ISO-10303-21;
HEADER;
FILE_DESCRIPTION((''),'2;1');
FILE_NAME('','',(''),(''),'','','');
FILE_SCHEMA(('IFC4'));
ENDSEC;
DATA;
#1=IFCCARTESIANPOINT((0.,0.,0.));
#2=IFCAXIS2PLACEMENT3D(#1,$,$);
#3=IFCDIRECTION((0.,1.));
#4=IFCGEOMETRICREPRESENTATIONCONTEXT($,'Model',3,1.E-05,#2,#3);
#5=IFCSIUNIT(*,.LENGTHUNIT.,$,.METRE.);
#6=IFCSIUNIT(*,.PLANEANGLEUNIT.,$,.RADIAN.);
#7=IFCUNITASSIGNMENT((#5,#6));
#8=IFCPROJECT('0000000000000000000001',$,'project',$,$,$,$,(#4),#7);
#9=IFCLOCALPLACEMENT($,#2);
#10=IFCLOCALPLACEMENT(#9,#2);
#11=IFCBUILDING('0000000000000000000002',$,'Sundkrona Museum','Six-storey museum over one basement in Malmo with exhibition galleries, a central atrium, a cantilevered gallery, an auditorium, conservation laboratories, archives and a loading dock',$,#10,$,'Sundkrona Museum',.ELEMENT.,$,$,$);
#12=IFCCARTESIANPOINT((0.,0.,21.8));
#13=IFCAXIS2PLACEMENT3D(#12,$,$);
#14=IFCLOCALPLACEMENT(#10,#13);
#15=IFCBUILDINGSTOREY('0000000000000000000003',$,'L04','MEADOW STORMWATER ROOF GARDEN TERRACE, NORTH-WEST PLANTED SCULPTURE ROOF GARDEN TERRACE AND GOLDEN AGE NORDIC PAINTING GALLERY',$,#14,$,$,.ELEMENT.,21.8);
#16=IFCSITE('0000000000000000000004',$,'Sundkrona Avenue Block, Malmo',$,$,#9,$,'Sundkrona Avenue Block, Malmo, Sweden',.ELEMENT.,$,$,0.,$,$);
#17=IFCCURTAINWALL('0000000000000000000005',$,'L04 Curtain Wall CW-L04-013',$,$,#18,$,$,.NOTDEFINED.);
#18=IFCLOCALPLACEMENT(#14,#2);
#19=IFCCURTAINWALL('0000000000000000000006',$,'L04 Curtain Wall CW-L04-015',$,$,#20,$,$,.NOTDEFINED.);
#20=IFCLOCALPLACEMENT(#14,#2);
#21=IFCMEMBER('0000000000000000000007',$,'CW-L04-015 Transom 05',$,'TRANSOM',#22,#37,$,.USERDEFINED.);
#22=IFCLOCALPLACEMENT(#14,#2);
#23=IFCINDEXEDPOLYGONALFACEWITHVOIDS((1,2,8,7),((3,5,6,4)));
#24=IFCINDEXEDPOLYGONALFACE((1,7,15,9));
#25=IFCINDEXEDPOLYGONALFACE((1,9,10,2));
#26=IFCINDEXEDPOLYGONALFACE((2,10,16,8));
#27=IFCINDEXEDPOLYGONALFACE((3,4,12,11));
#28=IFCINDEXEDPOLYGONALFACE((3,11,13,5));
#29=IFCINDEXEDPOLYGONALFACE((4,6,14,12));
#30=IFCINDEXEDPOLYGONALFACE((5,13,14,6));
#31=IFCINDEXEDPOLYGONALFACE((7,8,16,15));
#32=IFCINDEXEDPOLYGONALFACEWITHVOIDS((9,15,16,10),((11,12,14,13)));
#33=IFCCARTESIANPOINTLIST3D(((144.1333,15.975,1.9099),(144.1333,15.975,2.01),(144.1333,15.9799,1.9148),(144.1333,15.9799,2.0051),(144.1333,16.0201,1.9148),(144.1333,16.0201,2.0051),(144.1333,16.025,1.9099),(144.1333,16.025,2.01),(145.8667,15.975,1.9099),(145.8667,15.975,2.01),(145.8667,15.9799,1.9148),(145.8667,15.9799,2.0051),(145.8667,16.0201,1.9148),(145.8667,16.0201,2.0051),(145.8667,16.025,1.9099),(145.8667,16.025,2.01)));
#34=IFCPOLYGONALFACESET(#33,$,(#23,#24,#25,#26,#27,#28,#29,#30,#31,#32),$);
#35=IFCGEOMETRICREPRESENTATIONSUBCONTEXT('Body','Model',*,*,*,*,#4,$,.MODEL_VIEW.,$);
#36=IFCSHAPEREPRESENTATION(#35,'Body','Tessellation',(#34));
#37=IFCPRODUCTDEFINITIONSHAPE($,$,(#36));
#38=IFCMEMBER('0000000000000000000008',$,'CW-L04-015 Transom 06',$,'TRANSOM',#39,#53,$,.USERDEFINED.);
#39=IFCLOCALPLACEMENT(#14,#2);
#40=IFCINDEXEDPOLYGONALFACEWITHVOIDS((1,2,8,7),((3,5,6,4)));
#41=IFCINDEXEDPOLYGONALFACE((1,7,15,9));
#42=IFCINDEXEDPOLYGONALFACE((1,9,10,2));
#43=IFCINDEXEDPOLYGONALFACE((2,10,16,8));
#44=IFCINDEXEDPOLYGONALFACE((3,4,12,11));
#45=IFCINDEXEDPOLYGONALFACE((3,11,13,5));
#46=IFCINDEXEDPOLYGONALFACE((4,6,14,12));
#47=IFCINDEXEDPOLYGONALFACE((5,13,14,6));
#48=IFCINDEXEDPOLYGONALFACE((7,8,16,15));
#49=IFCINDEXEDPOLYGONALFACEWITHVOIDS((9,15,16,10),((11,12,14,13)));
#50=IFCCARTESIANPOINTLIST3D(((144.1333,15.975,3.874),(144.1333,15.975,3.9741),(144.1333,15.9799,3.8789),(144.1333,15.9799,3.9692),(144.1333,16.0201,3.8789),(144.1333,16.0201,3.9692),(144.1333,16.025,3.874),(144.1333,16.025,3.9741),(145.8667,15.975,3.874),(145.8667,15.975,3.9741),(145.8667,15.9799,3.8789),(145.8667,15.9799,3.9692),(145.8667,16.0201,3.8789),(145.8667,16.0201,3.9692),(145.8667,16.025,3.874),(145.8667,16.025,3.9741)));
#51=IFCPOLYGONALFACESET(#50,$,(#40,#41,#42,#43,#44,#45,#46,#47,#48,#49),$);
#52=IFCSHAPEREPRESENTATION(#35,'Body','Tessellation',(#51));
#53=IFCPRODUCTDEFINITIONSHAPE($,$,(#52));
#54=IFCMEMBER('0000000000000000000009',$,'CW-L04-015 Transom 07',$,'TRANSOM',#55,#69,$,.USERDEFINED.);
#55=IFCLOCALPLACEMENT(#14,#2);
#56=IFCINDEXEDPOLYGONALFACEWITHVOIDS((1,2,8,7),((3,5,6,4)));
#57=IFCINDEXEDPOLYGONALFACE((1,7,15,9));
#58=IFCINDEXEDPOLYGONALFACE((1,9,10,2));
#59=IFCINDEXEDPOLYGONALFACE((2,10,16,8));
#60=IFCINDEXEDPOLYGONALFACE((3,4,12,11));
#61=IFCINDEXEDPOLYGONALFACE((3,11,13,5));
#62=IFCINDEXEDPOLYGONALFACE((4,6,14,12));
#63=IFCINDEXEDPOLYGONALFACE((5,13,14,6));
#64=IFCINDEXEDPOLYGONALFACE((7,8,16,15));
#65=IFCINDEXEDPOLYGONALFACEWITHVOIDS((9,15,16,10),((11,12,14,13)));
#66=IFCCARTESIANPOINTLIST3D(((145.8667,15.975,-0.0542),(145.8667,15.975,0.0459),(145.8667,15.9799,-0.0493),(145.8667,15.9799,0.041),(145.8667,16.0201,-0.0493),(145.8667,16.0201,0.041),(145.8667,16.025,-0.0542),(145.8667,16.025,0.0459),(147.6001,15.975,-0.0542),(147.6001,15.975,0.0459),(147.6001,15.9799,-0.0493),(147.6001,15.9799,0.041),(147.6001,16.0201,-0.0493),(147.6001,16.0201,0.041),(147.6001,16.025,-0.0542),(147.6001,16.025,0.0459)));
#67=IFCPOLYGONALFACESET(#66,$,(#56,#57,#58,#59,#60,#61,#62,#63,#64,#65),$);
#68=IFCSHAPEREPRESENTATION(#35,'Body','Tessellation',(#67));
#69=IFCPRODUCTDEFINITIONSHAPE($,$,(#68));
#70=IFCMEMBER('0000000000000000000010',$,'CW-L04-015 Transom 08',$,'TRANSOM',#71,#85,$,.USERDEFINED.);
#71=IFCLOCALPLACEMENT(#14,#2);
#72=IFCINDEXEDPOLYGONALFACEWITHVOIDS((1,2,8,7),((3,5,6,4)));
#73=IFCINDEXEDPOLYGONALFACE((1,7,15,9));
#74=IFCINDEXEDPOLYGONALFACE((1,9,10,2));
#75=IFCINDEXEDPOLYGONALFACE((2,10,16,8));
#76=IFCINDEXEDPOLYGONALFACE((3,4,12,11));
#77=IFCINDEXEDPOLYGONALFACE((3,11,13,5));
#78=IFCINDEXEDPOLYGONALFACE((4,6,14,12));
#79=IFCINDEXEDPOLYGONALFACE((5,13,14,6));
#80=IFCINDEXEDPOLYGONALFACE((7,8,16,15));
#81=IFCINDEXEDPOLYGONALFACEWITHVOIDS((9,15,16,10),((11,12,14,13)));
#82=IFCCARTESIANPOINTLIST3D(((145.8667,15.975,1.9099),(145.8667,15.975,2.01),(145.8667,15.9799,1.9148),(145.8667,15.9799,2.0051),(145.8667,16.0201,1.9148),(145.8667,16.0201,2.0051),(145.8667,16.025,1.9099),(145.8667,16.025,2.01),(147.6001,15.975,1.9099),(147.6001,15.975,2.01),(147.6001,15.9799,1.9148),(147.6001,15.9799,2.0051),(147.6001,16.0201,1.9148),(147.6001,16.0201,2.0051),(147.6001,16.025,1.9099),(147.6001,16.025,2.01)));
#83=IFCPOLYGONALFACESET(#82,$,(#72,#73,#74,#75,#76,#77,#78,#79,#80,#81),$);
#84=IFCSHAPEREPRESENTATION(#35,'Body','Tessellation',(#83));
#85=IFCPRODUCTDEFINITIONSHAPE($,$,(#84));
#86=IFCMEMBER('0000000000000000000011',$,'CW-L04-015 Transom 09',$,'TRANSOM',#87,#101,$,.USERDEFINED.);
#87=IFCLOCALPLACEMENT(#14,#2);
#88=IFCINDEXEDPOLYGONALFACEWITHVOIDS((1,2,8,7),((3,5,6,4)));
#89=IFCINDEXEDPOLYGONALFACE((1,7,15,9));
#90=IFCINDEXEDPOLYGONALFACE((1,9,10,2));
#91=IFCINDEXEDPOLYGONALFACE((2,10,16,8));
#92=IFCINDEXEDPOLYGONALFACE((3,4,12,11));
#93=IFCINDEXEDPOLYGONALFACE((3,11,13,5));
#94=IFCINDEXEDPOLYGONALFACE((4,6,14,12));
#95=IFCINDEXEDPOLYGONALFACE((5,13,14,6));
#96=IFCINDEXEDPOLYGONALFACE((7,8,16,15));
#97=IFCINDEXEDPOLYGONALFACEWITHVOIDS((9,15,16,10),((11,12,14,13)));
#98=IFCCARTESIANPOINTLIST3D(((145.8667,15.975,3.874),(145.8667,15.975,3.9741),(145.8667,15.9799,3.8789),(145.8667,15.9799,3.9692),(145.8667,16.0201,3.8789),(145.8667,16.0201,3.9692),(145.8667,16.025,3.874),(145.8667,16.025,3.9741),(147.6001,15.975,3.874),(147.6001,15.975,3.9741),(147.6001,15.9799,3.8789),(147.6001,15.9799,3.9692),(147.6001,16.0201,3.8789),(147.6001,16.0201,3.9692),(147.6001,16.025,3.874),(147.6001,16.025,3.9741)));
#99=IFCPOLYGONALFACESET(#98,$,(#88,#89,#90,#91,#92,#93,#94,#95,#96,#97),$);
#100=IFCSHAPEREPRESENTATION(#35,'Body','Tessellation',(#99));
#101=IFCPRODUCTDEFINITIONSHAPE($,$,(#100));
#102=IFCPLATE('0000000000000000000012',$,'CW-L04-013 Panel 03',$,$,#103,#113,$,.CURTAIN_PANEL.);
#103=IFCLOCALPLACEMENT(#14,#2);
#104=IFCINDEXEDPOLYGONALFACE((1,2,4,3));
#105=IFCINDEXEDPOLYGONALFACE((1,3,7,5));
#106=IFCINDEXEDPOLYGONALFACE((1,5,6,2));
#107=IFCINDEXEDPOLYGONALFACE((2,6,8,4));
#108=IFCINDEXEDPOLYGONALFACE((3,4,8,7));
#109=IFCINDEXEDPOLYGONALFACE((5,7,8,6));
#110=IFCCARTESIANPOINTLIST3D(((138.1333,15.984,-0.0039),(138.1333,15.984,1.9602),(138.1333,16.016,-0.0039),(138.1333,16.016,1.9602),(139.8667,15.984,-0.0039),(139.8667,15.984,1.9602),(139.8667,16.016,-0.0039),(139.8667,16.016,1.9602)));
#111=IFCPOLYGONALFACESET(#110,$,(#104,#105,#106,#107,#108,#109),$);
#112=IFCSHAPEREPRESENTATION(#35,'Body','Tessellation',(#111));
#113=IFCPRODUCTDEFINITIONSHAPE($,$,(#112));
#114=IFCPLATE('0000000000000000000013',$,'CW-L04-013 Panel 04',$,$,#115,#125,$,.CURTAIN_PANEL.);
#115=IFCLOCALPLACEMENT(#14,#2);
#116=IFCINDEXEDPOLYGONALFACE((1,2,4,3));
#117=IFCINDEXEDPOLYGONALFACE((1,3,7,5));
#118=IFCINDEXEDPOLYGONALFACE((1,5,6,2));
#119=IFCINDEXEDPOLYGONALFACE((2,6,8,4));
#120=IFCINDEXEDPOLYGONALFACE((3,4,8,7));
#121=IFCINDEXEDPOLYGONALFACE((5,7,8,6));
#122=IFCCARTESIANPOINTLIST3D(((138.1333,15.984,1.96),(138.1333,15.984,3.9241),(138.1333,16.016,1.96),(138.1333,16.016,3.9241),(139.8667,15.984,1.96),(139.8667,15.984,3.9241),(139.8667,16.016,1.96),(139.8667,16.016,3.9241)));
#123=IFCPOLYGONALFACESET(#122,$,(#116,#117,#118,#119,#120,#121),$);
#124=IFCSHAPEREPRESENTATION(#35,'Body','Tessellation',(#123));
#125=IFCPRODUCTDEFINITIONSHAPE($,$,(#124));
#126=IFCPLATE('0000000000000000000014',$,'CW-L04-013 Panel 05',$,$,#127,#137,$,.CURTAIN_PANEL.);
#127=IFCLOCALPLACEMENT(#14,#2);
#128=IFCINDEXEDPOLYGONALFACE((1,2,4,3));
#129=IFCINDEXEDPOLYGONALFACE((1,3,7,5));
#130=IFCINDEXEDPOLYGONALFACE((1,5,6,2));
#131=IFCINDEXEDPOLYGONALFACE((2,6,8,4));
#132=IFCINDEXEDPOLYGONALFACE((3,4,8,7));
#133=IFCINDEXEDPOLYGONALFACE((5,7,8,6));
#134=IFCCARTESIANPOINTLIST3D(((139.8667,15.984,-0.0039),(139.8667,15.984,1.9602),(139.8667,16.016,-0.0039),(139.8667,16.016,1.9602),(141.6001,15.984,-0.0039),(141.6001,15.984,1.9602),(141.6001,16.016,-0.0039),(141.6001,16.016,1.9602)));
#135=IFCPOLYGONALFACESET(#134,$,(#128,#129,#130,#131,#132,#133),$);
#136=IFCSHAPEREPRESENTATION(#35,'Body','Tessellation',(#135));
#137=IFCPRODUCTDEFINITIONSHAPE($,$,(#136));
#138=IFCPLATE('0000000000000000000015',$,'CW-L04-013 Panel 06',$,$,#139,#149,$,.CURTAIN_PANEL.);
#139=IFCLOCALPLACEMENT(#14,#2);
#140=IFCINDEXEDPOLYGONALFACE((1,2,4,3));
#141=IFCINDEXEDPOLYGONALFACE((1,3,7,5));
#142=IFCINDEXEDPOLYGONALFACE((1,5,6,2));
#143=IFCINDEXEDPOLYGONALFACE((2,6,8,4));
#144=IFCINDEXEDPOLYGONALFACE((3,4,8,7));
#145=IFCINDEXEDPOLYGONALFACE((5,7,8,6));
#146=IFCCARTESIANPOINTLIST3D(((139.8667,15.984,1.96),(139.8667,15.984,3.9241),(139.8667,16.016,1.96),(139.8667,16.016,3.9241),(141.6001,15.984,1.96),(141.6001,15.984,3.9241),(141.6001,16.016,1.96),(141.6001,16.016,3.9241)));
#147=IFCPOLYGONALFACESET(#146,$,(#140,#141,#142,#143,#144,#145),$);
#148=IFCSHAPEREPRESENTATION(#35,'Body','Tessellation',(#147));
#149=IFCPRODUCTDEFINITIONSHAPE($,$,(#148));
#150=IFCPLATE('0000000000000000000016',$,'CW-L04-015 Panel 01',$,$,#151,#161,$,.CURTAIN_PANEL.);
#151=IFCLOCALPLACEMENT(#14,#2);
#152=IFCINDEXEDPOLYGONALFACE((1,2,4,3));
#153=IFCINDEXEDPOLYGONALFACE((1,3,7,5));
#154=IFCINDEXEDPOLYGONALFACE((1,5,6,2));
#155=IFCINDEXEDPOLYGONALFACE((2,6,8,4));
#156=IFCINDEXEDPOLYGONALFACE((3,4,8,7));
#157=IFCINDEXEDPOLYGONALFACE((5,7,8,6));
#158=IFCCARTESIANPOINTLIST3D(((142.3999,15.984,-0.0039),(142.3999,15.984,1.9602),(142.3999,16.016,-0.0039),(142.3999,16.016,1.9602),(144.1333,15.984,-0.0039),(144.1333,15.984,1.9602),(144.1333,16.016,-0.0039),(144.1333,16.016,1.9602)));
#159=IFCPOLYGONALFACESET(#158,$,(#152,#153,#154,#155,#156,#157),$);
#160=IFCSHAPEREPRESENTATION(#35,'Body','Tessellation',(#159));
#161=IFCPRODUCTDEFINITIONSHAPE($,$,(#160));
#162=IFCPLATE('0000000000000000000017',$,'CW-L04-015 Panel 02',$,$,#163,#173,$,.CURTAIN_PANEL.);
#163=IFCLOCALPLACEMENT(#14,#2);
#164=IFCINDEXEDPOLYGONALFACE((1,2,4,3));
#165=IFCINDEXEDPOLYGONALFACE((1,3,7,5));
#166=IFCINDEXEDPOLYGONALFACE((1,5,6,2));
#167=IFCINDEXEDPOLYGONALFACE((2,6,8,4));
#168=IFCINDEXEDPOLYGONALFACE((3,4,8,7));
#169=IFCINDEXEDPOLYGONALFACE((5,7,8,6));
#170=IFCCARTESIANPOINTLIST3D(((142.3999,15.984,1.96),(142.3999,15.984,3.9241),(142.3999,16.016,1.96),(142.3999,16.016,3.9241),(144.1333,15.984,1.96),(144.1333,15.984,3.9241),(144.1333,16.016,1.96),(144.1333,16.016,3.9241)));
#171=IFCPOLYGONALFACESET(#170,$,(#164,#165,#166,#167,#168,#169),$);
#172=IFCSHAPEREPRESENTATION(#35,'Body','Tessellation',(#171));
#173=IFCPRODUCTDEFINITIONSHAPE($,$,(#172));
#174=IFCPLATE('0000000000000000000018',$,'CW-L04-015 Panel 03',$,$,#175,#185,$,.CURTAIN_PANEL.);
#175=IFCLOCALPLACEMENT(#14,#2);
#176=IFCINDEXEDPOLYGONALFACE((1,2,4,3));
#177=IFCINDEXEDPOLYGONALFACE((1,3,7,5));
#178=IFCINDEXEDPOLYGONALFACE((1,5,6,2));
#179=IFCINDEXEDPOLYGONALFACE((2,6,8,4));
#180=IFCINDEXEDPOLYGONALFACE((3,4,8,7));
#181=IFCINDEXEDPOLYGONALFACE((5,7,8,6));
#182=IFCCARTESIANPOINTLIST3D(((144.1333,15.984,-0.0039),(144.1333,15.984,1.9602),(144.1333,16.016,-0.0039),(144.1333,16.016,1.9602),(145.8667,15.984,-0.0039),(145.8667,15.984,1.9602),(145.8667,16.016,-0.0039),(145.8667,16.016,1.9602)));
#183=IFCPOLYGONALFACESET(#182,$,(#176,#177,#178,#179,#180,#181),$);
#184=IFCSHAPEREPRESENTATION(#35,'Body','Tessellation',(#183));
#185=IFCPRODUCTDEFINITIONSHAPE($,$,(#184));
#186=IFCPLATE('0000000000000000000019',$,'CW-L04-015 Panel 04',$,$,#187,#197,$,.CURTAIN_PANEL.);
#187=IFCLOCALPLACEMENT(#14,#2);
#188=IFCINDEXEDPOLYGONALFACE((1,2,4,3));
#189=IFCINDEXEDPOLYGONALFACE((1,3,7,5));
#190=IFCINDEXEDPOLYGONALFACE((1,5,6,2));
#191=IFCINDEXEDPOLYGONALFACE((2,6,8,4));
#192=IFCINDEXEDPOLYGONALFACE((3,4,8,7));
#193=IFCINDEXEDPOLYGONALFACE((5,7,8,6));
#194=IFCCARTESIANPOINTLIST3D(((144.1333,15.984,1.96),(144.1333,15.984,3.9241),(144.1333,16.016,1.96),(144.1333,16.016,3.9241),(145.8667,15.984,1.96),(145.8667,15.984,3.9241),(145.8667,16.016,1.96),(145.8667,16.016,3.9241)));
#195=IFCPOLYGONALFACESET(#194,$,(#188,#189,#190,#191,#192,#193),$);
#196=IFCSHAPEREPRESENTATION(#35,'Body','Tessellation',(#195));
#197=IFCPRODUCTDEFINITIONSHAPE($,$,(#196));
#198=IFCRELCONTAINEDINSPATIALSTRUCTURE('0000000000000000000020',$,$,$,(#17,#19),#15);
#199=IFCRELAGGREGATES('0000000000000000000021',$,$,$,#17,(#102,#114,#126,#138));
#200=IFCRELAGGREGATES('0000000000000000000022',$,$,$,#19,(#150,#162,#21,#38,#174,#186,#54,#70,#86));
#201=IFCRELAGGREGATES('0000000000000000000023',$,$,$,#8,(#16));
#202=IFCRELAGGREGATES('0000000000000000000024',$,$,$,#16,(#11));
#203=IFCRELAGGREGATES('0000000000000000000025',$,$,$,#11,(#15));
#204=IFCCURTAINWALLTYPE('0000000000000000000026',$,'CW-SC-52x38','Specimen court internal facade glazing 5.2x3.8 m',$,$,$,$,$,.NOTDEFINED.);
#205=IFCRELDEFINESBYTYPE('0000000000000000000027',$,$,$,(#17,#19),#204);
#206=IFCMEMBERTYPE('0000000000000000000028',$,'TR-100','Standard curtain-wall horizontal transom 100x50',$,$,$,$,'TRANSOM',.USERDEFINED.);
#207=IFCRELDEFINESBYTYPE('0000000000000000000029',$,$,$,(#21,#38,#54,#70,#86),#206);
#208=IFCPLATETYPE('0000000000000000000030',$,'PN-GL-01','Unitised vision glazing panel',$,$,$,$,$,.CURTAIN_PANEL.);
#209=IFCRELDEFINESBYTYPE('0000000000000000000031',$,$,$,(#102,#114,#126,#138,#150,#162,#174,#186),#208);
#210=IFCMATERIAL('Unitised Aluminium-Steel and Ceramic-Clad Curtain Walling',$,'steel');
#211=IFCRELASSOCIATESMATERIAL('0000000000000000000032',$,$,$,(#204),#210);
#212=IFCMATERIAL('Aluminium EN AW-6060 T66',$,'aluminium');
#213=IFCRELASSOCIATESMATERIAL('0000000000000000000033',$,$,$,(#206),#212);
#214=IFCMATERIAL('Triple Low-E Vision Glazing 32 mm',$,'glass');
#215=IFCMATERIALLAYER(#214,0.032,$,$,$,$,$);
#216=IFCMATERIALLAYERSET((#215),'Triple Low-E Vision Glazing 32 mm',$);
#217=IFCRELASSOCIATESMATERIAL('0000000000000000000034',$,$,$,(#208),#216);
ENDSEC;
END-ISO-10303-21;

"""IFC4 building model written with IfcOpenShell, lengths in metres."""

from ifc_helpers import new_model, si_unit, direction, frame, origin, origin_2d, place, context, subcontext, project, spatial, rectangle, hollow_rectangle, extrude, material, layer, layer_set, material_profile, profile_set, type_object, element, aggregate, save


model = new_model("IFC4")

# Units and contexts
model_context = context("Model", 3, precision=1e-05, world=origin(), true_north=direction((0.0, 1.0)))
body_context = subcontext(model_context, "Body", "Model", "MODEL_VIEW")
ifc_project = project(units=[si_unit("LENGTHUNIT", "METRE"), si_unit("PLANEANGLEUNIT", "RADIAN")], contexts=[model_context])

# Site, building, storey
site_placement = place(None, origin())
site = spatial("IfcSite", under=ifc_project, at=site_placement, Name="Sundkrona Avenue Block, Malmo", LongName="Sundkrona Avenue Block, Malmo, Sweden", CompositionType="ELEMENT", RefElevation=0.0)
building_placement = place(site_placement, origin())
building = spatial("IfcBuilding", under=site, at=building_placement, Name="Sundkrona Museum", Description="Six-storey museum over one basement in Malmo with exhibition galleries, a central atrium, a cantilevered gallery, an auditorium, conservation laboratories, archives and a loading dock", LongName="Sundkrona Museum", CompositionType="ELEMENT")
storey_placement = place(building_placement, frame((0.0, 0.0, 21.8)))
storey = spatial("IfcBuildingStorey", under=building, at=storey_placement, Name="L04", Description="MEADOW STORMWATER ROOF GARDEN TERRACE, NORTH-WEST PLANTED SCULPTURE ROOF GARDEN TERRACE AND GOLDEN AGE NORDIC PAINTING GALLERY", CompositionType="ELEMENT", Elevation=21.8)

# Curtain walls
ifc_material_1 = material(Name="Unitised Aluminium-Steel and Ceramic-Clad Curtain Walling", Category="steel")
curtain_wall_type = type_object("IfcCurtainWallType", Name="CW-SC-52x38", Description="Specimen court internal facade glazing 5.2x3.8 m", PredefinedType="NOTDEFINED", material=ifc_material_1)
curtain_wall_1_placement = place(storey_placement, origin())
curtain_wall_1 = element("IfcCurtainWall", 1, at=curtain_wall_1_placement, inside=storey, type_object=curtain_wall_type, Name="L04 Curtain Wall CW-L04-013", PredefinedType="NOTDEFINED")
ifc_material_2 = material(Name="Aluminium EN AW-6060 T66", Category="aluminium")
curtain_wall_2_placement = place(storey_placement, origin())
curtain_wall_2 = element("IfcCurtainWall", 2, at=curtain_wall_2_placement, inside=storey, type_object=curtain_wall_type, Name="L04 Curtain Wall CW-L04-015", PredefinedType="NOTDEFINED")

# Members
ifc_material_profile_1 = material_profile(ifc_material_2, hollow_rectangle(XDim=0.05, YDim=0.1001, WallThickness=0.0049, at=origin_2d()), Name="RHS 100x50x5.0")
ifc_profile_set_1 = profile_set([ifc_material_profile_1], Name="Aluminium EN AW-6060 T66")
member_type_1 = type_object("IfcMemberType", Name="TR-100", Description="Standard curtain-wall horizontal transom 100x50", ElementType="TRANSOM", PredefinedType="USERDEFINED", material=ifc_profile_set_1)
member_1_placement = place(storey_placement, frame((144.1333, 16.0, 1.96), z_axis=(1.0, 0.0, 0.0), x_axis=(0.0, 1.0, 0.0)))
member_1 = element("IfcMember", 3, at=member_1_placement, type_object=member_type_1, Name="CW-L04-015 Transom 05", ObjectType="TRANSOM", PredefinedType="USERDEFINED", context=body_context, shape_type="SweptSolid", body=[
    extrude(hollow_rectangle(XDim=0.05, YDim=0.1001, WallThickness=0.0049, at=origin_2d()), origin(), (0.0, 0.0, 1.0), 1.7334),
])
member_2_placement = place(storey_placement, frame((144.1333, 16.0, 3.9241), z_axis=(1.0, 0.0, 0.0), x_axis=(0.0, 1.0, 0.0)))
member_2 = element("IfcMember", 4, at=member_2_placement, type_object=member_type_1, Name="CW-L04-015 Transom 06", ObjectType="TRANSOM", PredefinedType="USERDEFINED", context=body_context, shape_type="SweptSolid", body=[
    extrude(hollow_rectangle(XDim=0.05, YDim=0.1001, WallThickness=0.0049, at=origin_2d()), origin(), (0.0, 0.0, 1.0), 1.7334),
])
member_3_placement = place(storey_placement, frame((145.8667, 16.0, -0.0042), z_axis=(1.0, 0.0, 0.0), x_axis=(0.0, 1.0, 0.0)))
member_3 = element("IfcMember", 5, at=member_3_placement, type_object=member_type_1, Name="CW-L04-015 Transom 07", ObjectType="TRANSOM", PredefinedType="USERDEFINED", context=body_context, shape_type="SweptSolid", body=[
    extrude(hollow_rectangle(XDim=0.05, YDim=0.1001, WallThickness=0.0049, at=origin_2d()), origin(), (0.0, 0.0, 1.0), 1.7334),
])
member_4_placement = place(storey_placement, frame((145.8667, 16.0, 1.96), z_axis=(1.0, 0.0, 0.0), x_axis=(0.0, 1.0, 0.0)))
member_4 = element("IfcMember", 6, at=member_4_placement, type_object=member_type_1, Name="CW-L04-015 Transom 08", ObjectType="TRANSOM", PredefinedType="USERDEFINED", context=body_context, shape_type="SweptSolid", body=[
    extrude(hollow_rectangle(XDim=0.05, YDim=0.1001, WallThickness=0.0049, at=origin_2d()), origin(), (0.0, 0.0, 1.0), 1.7334),
])
member_5_placement = place(storey_placement, frame((145.8667, 16.0, 3.9241), z_axis=(1.0, 0.0, 0.0), x_axis=(0.0, 1.0, 0.0)))
member_5 = element("IfcMember", 7, at=member_5_placement, type_object=member_type_1, Name="CW-L04-015 Transom 09", ObjectType="TRANSOM", PredefinedType="USERDEFINED", context=body_context, shape_type="SweptSolid", body=[
    extrude(hollow_rectangle(XDim=0.05, YDim=0.1001, WallThickness=0.0049, at=origin_2d()), origin(), (0.0, 0.0, 1.0), 1.7334),
])

# Plates
ifc_material_3 = material(Name="Triple Low-E Vision Glazing 32 mm", Category="glass")
ifc_layer = layer(ifc_material_3, 0.032)
ifc_layer_set = layer_set([ifc_layer], Name="Triple Low-E Vision Glazing 32 mm")
plate_type = type_object("IfcPlateType", Name="PN-GL-01", Description="Unitised vision glazing panel", PredefinedType="CURTAIN_PANEL", material=ifc_layer_set)
plate_1_placement = place(storey_placement, frame((139.0, 16.0, -0.0039), z_axis=(0.0, 0.0, 1.0), x_axis=(1.0, 0.0, 0.0)))
plate_1 = element("IfcPlate", 8, at=plate_1_placement, type_object=plate_type, Name="CW-L04-013 Panel 03", PredefinedType="CURTAIN_PANEL", context=body_context, shape_type="SweptSolid", body=[
    extrude(rectangle(XDim=1.7334, YDim=0.032, at=origin_2d()), origin(), (0.0, 0.0, 1.0), 1.9641),
])
plate_2_placement = place(storey_placement, frame((139.0, 16.0, 1.96), z_axis=(0.0, 0.0, 1.0), x_axis=(1.0, 0.0, 0.0)))
plate_2 = element("IfcPlate", 9, at=plate_2_placement, type_object=plate_type, Name="CW-L04-013 Panel 04", PredefinedType="CURTAIN_PANEL", context=body_context, shape_type="SweptSolid", body=[
    extrude(rectangle(XDim=1.7334, YDim=0.032, at=origin_2d()), origin(), (0.0, 0.0, 1.0), 1.9641),
])
plate_3_placement = place(storey_placement, frame((140.7334, 16.0, -0.0039), z_axis=(0.0, 0.0, 1.0), x_axis=(1.0, 0.0, 0.0)))
plate_3 = element("IfcPlate", 10, at=plate_3_placement, type_object=plate_type, Name="CW-L04-013 Panel 05", PredefinedType="CURTAIN_PANEL", context=body_context, shape_type="SweptSolid", body=[
    extrude(rectangle(XDim=1.7334, YDim=0.032, at=origin_2d()), origin(), (0.0, 0.0, 1.0), 1.9641),
])
plate_4_placement = place(storey_placement, frame((140.7334, 16.0, 1.96), z_axis=(0.0, 0.0, 1.0), x_axis=(1.0, 0.0, 0.0)))
plate_4 = element("IfcPlate", 11, at=plate_4_placement, type_object=plate_type, Name="CW-L04-013 Panel 06", PredefinedType="CURTAIN_PANEL", context=body_context, shape_type="SweptSolid", body=[
    extrude(rectangle(XDim=1.7334, YDim=0.032, at=origin_2d()), origin(), (0.0, 0.0, 1.0), 1.9641),
])
aggregate(curtain_wall_1, [plate_1, plate_2, plate_3, plate_4])
plate_5_placement = place(storey_placement, frame((143.2666, 16.0, -0.0039), z_axis=(0.0, 0.0, 1.0), x_axis=(1.0, 0.0, 0.0)))
plate_5 = element("IfcPlate", 12, at=plate_5_placement, type_object=plate_type, Name="CW-L04-015 Panel 01", PredefinedType="CURTAIN_PANEL", context=body_context, shape_type="SweptSolid", body=[
    extrude(rectangle(XDim=1.7334, YDim=0.032, at=origin_2d()), origin(), (0.0, 0.0, 1.0), 1.9641),
])
plate_6_placement = place(storey_placement, frame((143.2666, 16.0, 1.96), z_axis=(0.0, 0.0, 1.0), x_axis=(1.0, 0.0, 0.0)))
plate_6 = element("IfcPlate", 13, at=plate_6_placement, type_object=plate_type, Name="CW-L04-015 Panel 02", PredefinedType="CURTAIN_PANEL", context=body_context, shape_type="SweptSolid", body=[
    extrude(rectangle(XDim=1.7334, YDim=0.032, at=origin_2d()), origin(), (0.0, 0.0, 1.0), 1.9641),
])
plate_7_placement = place(storey_placement, frame((145.0, 16.0, -0.0039), z_axis=(0.0, 0.0, 1.0), x_axis=(1.0, 0.0, 0.0)))
plate_7 = element("IfcPlate", 14, at=plate_7_placement, type_object=plate_type, Name="CW-L04-015 Panel 03", PredefinedType="CURTAIN_PANEL", context=body_context, shape_type="SweptSolid", body=[
    extrude(rectangle(XDim=1.7334, YDim=0.032, at=origin_2d()), origin(), (0.0, 0.0, 1.0), 1.9641),
])
plate_8_placement = place(storey_placement, frame((145.0, 16.0, 1.96), z_axis=(0.0, 0.0, 1.0), x_axis=(1.0, 0.0, 0.0)))
plate_8 = element("IfcPlate", 15, at=plate_8_placement, type_object=plate_type, Name="CW-L04-015 Panel 04", PredefinedType="CURTAIN_PANEL", context=body_context, shape_type="SweptSolid", body=[
    extrude(rectangle(XDim=1.7334, YDim=0.032, at=origin_2d()), origin(), (0.0, 0.0, 1.0), 1.9641),
])
aggregate(curtain_wall_2, [plate_5, plate_6, member_1, member_2, plate_7, plate_8, member_3, member_4, member_5])

save(model, "model.ifc")
